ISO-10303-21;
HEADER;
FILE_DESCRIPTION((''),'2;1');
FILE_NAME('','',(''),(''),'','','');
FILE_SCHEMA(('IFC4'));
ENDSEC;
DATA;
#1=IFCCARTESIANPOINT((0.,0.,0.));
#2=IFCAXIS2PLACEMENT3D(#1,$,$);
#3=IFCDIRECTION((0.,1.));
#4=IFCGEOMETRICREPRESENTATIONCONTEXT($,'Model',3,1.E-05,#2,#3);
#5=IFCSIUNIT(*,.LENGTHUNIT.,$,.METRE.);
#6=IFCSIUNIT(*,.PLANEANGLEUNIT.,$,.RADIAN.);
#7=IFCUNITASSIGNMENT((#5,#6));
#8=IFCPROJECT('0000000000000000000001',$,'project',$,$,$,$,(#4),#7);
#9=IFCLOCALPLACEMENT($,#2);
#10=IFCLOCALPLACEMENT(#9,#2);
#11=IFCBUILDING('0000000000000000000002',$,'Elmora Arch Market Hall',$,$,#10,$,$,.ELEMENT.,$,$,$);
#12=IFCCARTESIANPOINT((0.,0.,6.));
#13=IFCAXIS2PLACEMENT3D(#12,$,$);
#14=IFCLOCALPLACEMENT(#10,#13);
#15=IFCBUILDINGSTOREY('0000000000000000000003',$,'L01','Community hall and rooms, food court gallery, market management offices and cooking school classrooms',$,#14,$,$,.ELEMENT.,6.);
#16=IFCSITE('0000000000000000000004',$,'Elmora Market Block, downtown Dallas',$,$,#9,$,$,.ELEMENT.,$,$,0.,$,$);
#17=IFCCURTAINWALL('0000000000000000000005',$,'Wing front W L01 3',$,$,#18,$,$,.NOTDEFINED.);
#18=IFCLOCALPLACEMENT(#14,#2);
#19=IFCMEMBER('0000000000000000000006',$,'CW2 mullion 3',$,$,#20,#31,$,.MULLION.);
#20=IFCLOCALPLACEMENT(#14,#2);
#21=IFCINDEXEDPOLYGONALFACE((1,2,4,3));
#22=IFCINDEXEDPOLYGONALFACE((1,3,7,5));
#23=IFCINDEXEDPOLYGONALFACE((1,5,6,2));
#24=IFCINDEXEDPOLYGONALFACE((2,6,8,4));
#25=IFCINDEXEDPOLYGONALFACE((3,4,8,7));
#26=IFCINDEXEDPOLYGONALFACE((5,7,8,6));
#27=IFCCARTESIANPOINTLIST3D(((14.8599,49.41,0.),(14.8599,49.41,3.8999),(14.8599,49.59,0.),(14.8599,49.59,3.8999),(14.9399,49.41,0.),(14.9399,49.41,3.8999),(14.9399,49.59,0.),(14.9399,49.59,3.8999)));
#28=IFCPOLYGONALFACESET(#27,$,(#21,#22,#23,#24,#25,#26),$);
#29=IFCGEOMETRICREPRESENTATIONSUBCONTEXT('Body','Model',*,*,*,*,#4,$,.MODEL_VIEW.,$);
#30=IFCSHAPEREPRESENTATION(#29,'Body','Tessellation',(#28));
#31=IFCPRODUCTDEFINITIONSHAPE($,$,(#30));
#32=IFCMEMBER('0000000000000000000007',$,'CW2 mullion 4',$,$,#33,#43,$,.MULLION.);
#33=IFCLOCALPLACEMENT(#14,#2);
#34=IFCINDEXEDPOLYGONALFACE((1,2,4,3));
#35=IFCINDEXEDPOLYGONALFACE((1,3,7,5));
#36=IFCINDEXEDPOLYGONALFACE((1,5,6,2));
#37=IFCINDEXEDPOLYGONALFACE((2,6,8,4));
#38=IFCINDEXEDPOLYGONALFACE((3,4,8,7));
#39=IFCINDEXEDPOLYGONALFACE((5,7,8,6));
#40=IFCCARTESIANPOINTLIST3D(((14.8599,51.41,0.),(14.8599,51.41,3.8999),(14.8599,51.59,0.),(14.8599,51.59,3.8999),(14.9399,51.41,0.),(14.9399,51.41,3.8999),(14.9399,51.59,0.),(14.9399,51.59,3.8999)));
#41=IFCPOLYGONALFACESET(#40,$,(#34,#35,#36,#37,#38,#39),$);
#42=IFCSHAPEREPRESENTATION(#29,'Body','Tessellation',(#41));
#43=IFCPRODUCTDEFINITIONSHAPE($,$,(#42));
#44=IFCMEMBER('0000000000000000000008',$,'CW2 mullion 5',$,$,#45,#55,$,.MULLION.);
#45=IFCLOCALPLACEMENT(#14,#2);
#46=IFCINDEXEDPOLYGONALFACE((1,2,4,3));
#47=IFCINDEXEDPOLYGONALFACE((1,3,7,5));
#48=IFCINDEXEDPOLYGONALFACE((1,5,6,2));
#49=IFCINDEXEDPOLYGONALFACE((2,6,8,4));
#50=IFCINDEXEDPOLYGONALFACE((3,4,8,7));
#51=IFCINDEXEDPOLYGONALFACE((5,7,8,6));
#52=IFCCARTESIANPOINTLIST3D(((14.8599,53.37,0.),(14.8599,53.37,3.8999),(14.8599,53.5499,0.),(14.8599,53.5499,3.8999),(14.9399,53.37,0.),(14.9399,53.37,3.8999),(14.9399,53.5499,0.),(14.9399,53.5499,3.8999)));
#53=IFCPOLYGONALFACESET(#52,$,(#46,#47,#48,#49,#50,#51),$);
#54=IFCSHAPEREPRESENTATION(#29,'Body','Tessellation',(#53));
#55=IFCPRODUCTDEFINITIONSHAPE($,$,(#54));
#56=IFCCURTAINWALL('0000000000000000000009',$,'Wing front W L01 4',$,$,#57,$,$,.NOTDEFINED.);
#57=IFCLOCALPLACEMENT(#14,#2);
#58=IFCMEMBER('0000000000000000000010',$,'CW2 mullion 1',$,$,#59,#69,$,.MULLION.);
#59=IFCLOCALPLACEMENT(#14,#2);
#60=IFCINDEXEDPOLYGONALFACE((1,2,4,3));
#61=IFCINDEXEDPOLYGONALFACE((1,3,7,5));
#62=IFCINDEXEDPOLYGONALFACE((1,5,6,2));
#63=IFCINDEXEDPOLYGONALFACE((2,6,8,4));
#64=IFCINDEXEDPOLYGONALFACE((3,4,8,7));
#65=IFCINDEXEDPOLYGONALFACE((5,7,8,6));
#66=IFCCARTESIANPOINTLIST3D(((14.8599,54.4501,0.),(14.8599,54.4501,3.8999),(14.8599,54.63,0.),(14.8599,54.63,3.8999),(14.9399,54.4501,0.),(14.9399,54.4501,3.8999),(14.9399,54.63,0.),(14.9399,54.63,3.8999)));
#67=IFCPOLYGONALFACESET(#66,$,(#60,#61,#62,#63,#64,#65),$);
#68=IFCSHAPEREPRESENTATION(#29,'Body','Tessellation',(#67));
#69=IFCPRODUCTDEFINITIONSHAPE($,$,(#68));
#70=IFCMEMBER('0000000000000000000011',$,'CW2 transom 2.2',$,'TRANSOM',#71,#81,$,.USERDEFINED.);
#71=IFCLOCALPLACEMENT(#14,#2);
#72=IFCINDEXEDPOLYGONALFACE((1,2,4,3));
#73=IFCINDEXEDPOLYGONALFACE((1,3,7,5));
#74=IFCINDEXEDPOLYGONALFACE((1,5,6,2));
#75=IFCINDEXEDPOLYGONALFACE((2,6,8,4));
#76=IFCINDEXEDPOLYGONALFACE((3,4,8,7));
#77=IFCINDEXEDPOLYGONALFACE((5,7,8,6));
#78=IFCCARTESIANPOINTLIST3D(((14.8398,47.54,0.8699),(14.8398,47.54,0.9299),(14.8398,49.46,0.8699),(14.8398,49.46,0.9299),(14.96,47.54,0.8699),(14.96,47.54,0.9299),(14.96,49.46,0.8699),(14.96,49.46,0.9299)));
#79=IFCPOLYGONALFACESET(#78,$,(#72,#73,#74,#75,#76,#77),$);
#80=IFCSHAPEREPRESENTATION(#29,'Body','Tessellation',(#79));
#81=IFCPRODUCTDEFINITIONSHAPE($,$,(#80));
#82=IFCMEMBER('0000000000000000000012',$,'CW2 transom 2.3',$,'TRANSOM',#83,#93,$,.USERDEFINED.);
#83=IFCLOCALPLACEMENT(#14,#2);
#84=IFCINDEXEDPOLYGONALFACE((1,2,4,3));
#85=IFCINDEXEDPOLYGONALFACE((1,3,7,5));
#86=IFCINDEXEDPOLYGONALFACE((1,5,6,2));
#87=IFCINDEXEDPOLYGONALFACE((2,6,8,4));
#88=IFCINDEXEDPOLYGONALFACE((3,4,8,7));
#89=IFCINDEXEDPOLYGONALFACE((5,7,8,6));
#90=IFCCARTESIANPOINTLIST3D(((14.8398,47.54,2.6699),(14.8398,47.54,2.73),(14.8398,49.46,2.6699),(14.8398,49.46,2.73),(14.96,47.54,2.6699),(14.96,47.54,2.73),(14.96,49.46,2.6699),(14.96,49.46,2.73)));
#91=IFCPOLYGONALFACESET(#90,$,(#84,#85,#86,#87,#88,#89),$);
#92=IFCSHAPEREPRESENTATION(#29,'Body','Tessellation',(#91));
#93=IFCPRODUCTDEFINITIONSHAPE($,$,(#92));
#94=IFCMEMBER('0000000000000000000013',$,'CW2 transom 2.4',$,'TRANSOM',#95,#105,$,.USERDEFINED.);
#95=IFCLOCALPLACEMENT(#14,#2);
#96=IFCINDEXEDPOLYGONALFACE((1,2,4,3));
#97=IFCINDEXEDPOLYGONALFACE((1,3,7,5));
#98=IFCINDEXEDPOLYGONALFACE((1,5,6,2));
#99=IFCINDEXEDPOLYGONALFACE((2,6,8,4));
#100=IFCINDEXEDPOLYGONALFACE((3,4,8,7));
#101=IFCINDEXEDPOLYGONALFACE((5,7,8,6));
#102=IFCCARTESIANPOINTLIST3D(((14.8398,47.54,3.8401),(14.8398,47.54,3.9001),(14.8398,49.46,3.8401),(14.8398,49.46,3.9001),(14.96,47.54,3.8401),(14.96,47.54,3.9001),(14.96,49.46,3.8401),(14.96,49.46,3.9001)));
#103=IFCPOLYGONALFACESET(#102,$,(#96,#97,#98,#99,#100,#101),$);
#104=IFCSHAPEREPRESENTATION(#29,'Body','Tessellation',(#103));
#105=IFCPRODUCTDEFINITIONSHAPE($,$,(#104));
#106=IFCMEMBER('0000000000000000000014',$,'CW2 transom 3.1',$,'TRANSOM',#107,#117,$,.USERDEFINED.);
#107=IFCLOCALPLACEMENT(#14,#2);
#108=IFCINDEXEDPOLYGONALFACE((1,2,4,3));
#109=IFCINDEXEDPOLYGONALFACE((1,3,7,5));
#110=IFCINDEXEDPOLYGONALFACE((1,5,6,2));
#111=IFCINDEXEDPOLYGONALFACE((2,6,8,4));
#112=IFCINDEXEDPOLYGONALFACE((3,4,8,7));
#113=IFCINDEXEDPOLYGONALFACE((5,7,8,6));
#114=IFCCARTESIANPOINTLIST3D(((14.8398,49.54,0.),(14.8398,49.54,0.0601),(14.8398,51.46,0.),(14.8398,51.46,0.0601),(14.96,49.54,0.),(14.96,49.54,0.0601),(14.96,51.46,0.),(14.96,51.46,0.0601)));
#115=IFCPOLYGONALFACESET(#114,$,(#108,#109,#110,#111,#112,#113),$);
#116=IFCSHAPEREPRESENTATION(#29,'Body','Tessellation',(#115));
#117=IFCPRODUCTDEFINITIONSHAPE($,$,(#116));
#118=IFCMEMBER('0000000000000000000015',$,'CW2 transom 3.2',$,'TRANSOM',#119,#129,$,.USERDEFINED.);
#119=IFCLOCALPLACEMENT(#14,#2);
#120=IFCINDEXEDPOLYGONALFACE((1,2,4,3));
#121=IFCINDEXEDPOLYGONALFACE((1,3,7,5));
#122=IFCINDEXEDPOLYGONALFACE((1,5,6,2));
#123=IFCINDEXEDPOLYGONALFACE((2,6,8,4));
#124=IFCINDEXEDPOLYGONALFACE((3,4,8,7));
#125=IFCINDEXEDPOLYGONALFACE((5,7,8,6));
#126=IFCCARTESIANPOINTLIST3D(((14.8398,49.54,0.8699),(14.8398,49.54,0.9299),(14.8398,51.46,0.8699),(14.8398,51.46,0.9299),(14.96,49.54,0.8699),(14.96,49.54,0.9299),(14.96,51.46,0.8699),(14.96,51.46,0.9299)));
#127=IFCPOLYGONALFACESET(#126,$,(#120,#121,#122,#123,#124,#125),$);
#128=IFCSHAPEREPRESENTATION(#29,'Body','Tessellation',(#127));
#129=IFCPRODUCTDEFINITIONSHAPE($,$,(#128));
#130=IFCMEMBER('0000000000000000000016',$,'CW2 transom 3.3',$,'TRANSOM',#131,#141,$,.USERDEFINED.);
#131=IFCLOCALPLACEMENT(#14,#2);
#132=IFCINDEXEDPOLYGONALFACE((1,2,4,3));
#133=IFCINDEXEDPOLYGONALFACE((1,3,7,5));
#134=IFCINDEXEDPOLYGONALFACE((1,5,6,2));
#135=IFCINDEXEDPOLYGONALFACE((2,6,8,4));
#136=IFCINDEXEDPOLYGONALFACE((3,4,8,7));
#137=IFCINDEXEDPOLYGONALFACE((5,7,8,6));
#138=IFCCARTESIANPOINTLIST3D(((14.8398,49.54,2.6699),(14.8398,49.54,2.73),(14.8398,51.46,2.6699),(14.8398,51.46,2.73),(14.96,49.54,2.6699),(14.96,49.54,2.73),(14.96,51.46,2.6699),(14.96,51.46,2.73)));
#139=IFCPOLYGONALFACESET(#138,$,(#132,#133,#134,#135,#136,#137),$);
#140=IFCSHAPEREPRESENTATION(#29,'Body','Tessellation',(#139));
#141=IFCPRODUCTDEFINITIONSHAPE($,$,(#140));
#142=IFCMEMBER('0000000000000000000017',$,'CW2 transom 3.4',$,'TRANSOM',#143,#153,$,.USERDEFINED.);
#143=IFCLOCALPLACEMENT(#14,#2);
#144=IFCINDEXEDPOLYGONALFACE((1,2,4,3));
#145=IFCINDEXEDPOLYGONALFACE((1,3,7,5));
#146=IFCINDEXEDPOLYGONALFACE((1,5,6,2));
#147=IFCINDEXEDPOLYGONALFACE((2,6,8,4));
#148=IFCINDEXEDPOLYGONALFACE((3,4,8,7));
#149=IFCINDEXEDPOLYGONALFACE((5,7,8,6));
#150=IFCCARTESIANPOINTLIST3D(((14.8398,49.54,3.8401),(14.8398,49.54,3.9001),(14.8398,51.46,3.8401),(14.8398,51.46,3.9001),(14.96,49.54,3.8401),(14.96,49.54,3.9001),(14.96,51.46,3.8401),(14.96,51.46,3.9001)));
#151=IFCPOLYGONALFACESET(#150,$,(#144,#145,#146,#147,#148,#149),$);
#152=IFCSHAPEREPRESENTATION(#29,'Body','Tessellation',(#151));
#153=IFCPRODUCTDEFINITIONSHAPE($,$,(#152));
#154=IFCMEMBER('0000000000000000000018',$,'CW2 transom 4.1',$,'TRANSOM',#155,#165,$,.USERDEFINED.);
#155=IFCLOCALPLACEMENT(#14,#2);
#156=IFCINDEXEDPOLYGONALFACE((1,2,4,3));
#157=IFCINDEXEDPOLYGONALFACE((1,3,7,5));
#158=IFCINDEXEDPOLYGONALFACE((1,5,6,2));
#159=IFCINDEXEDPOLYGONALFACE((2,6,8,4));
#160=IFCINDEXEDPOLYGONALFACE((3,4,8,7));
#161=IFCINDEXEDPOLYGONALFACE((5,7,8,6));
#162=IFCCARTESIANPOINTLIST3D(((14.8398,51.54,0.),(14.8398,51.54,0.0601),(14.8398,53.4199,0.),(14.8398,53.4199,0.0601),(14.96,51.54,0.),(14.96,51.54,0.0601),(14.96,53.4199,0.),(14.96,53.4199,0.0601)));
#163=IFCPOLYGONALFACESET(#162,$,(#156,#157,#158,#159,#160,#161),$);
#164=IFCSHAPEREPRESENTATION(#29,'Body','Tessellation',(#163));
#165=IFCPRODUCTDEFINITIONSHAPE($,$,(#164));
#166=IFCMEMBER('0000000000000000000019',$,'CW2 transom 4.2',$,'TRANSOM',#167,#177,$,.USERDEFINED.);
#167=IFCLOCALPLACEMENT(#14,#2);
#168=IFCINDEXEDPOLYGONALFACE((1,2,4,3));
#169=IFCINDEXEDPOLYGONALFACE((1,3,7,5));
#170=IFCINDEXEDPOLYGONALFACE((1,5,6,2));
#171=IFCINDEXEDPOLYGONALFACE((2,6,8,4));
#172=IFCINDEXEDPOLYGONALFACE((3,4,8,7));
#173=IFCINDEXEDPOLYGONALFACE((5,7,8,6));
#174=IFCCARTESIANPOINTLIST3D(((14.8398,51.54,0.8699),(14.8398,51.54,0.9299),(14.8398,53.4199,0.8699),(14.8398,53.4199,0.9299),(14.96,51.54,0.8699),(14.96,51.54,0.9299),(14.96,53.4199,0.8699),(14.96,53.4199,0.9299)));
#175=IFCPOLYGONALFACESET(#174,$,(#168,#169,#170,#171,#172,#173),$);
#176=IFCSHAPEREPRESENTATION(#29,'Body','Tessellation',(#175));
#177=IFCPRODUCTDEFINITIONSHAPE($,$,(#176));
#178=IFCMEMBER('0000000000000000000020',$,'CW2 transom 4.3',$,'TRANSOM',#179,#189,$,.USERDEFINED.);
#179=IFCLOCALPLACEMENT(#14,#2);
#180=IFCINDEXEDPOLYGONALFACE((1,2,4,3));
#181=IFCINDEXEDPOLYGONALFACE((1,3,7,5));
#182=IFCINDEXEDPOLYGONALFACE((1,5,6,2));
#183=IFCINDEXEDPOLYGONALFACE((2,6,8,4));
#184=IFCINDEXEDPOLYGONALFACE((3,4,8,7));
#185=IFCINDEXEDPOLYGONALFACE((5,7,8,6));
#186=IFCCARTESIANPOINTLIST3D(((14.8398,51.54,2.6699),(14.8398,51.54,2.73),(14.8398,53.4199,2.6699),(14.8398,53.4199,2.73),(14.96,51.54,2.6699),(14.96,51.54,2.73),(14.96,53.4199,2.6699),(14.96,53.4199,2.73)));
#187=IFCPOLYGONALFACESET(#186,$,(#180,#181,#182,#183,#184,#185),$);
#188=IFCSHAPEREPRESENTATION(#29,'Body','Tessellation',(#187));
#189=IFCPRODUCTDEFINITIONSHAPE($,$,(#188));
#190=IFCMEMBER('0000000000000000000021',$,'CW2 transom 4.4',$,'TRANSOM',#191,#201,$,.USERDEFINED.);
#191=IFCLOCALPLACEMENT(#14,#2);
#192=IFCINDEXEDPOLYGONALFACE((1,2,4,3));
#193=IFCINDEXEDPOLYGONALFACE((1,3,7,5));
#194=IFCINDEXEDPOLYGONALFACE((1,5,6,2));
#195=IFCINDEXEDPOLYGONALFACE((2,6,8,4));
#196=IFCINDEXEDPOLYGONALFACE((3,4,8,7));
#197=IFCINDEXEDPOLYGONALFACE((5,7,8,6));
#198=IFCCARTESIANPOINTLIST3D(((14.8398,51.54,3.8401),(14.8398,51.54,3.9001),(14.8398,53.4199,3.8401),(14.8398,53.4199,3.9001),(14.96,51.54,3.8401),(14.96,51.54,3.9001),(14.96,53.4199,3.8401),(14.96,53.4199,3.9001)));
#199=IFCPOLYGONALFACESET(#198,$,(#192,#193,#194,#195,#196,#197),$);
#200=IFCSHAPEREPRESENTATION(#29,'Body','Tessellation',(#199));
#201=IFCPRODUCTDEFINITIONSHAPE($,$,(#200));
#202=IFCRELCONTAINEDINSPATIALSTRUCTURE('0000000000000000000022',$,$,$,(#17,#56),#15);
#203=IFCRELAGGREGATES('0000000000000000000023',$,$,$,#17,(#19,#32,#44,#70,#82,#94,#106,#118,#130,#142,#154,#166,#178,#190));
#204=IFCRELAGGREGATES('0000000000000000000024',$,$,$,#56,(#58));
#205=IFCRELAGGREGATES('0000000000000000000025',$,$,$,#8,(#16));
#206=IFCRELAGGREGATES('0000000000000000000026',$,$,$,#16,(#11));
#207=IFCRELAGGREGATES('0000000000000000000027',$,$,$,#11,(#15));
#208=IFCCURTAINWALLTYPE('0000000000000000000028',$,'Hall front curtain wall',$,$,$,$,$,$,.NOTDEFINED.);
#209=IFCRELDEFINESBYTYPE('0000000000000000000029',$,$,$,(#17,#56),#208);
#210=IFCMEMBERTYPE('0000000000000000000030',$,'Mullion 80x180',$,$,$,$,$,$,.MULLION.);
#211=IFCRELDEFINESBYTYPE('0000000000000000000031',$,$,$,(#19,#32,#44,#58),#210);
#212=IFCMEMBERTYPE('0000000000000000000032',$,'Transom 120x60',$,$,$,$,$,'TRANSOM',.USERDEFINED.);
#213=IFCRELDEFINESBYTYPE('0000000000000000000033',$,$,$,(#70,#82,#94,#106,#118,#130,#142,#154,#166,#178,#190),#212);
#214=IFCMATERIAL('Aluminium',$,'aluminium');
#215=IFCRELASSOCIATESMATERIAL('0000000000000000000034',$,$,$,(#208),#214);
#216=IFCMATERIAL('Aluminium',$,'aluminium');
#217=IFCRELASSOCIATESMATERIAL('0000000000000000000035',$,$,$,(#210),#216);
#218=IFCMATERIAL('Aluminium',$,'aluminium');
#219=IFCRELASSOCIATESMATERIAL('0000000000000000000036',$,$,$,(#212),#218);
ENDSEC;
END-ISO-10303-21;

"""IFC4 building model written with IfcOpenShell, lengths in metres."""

from ifc_helpers import new_model, si_unit, direction, frame, origin, origin_2d, place, context, subcontext, project, spatial, rectangle, extrude, material, material_profile, profile_set, type_object, element, aggregate, save


model = new_model("IFC4")

# Units and contexts
model_context = context("Model", 3, precision=1e-05, world=origin(), true_north=direction((0.0, 1.0)))
body_context = subcontext(model_context, "Body", "Model", "MODEL_VIEW")
ifc_project = project(units=[si_unit("LENGTHUNIT", "METRE"), si_unit("PLANEANGLEUNIT", "RADIAN")], contexts=[model_context])

# Site, building, storey
site_placement = place(None, origin())
site = spatial("IfcSite", under=ifc_project, at=site_placement, Name="Elmora Market Block, downtown Dallas", CompositionType="ELEMENT", RefElevation=0.0)
building_placement = place(site_placement, origin())
building = spatial("IfcBuilding", under=site, at=building_placement, Name="Elmora Arch Market Hall", CompositionType="ELEMENT")
storey_placement = place(building_placement, frame((0.0, 0.0, 6.0)))
storey = spatial("IfcBuildingStorey", under=building, at=storey_placement, Name="L01", Description="Community hall and rooms, food court gallery, market management offices and cooking school classrooms", CompositionType="ELEMENT", Elevation=6.0)

# Curtain wall, members
ifc_material_1 = material(Name="Aluminium", Category="aluminium")
curtain_wall_type = type_object("IfcCurtainWallType", Name="Hall front curtain wall", PredefinedType="NOTDEFINED", material=ifc_material_1)
curtain_wall_1_placement = place(storey_placement, origin())
curtain_wall_1 = element("IfcCurtainWall", 1, at=curtain_wall_1_placement, inside=storey, type_object=curtain_wall_type, Name="Wing front W L01 3", PredefinedType="NOTDEFINED")
ifc_material_2 = material(Name="Aluminium", Category="aluminium")
ifc_material_profile_1 = material_profile(ifc_material_2, rectangle(XDim=0.0801, YDim=0.1799, at=origin_2d()), Name="AL 80x180")
ifc_profile_set_1 = profile_set([ifc_material_profile_1], Name="Aluminium")
member_type_1 = type_object("IfcMemberType", Name="Mullion 80x180", PredefinedType="MULLION", material=ifc_profile_set_1)
member_1_placement = place(storey_placement, frame((14.8999, 49.5, 0.0), z_axis=(0.0, 0.0, 1.0), x_axis=(-1.0, 0.0, 0.0)))
member_1 = element("IfcMember", 2, at=member_1_placement, type_object=member_type_1, Name="CW2 mullion 3", PredefinedType="MULLION", context=body_context, shape_type="SweptSolid", body=[
    extrude(rectangle(XDim=0.0801, YDim=0.1799, at=origin_2d()), origin(), (0.0, 0.0, 1.0), 3.8999),
])
member_2_placement = place(storey_placement, frame((14.8999, 51.5, 0.0), z_axis=(0.0, 0.0, 1.0), x_axis=(-1.0, 0.0, 0.0)))
member_2 = element("IfcMember", 3, at=member_2_placement, type_object=member_type_1, Name="CW2 mullion 4", PredefinedType="MULLION", context=body_context, shape_type="SweptSolid", body=[
    extrude(rectangle(XDim=0.0801, YDim=0.1799, at=origin_2d()), origin(), (0.0, 0.0, 1.0), 3.8999),
])
member_3_placement = place(storey_placement, frame((14.8999, 53.46, 0.0), z_axis=(0.0, 0.0, 1.0), x_axis=(-1.0, 0.0, 0.0)))
member_3 = element("IfcMember", 4, at=member_3_placement, type_object=member_type_1, Name="CW2 mullion 5", PredefinedType="MULLION", context=body_context, shape_type="SweptSolid", body=[
    extrude(rectangle(XDim=0.0801, YDim=0.1799, at=origin_2d()), origin(), (0.0, 0.0, 1.0), 3.8999),
])

# Curtain wall, member
curtain_wall_2_placement = place(storey_placement, origin())
curtain_wall_2 = element("IfcCurtainWall", 5, at=curtain_wall_2_placement, inside=storey, type_object=curtain_wall_type, Name="Wing front W L01 4", PredefinedType="NOTDEFINED")
member_4_placement = place(storey_placement, frame((14.8999, 54.54, 0.0), z_axis=(0.0, 0.0, 1.0), x_axis=(-1.0, 0.0, 0.0)))
member_4 = element("IfcMember", 6, at=member_4_placement, type_object=member_type_1, Name="CW2 mullion 1", PredefinedType="MULLION", context=body_context, shape_type="SweptSolid", body=[
    extrude(rectangle(XDim=0.0801, YDim=0.1799, at=origin_2d()), origin(), (0.0, 0.0, 1.0), 3.8999),
])

# Members
ifc_material_3 = material(Name="Aluminium", Category="aluminium")
ifc_material_profile_2 = material_profile(ifc_material_3, rectangle(XDim=0.1201, YDim=0.0601, at=origin_2d()), Name="AL 120x60")
ifc_profile_set_2 = profile_set([ifc_material_profile_2], Name="Aluminium")
member_type_2 = type_object("IfcMemberType", Name="Transom 120x60", ElementType="TRANSOM", PredefinedType="USERDEFINED", material=ifc_profile_set_2)
member_5_placement = place(storey_placement, frame((14.8999, 47.54, 0.8999), z_axis=(0.0, 1.0, 0.0), x_axis=(-1.0, 0.0, 0.0)))
member_5 = element("IfcMember", 7, at=member_5_placement, type_object=member_type_2, Name="CW2 transom 2.2", ObjectType="TRANSOM", PredefinedType="USERDEFINED", context=body_context, shape_type="SweptSolid", body=[
    extrude(rectangle(XDim=0.1201, YDim=0.0601, at=origin_2d()), origin(), (0.0, 0.0, 1.0), 1.9199),
])
member_6_placement = place(storey_placement, frame((14.8999, 47.54, 2.7), z_axis=(0.0, 1.0, 0.0), x_axis=(-1.0, 0.0, 0.0)))
member_6 = element("IfcMember", 8, at=member_6_placement, type_object=member_type_2, Name="CW2 transom 2.3", ObjectType="TRANSOM", PredefinedType="USERDEFINED", context=body_context, shape_type="SweptSolid", body=[
    extrude(rectangle(XDim=0.1201, YDim=0.0601, at=origin_2d()), origin(), (0.0, 0.0, 1.0), 1.9199),
])
member_7_placement = place(storey_placement, frame((14.8999, 47.54, 3.8701), z_axis=(0.0, 1.0, 0.0), x_axis=(-1.0, 0.0, 0.0)))
member_7 = element("IfcMember", 9, at=member_7_placement, type_object=member_type_2, Name="CW2 transom 2.4", ObjectType="TRANSOM", PredefinedType="USERDEFINED", context=body_context, shape_type="SweptSolid", body=[
    extrude(rectangle(XDim=0.1201, YDim=0.0601, at=origin_2d()), origin(), (0.0, 0.0, 1.0), 1.9199),
])
member_8_placement = place(storey_placement, frame((14.8999, 49.54, 0.03), z_axis=(0.0, 1.0, 0.0), x_axis=(-1.0, 0.0, 0.0)))
member_8 = element("IfcMember", 10, at=member_8_placement, type_object=member_type_2, Name="CW2 transom 3.1", ObjectType="TRANSOM", PredefinedType="USERDEFINED", context=body_context, shape_type="SweptSolid", body=[
    extrude(rectangle(XDim=0.1201, YDim=0.0601, at=origin_2d()), origin(), (0.0, 0.0, 1.0), 1.9199),
])
member_9_placement = place(storey_placement, frame((14.8999, 49.54, 0.8999), z_axis=(0.0, 1.0, 0.0), x_axis=(-1.0, 0.0, 0.0)))
member_9 = element("IfcMember", 11, at=member_9_placement, type_object=member_type_2, Name="CW2 transom 3.2", ObjectType="TRANSOM", PredefinedType="USERDEFINED", context=body_context, shape_type="SweptSolid", body=[
    extrude(rectangle(XDim=0.1201, YDim=0.0601, at=origin_2d()), origin(), (0.0, 0.0, 1.0), 1.9199),
])
member_10_placement = place(storey_placement, frame((14.8999, 49.54, 2.7), z_axis=(0.0, 1.0, 0.0), x_axis=(-1.0, 0.0, 0.0)))
member_10 = element("IfcMember", 12, at=member_10_placement, type_object=member_type_2, Name="CW2 transom 3.3", ObjectType="TRANSOM", PredefinedType="USERDEFINED", context=body_context, shape_type="SweptSolid", body=[
    extrude(rectangle(XDim=0.1201, YDim=0.0601, at=origin_2d()), origin(), (0.0, 0.0, 1.0), 1.9199),
])
member_11_placement = place(storey_placement, frame((14.8999, 49.54, 3.8701), z_axis=(0.0, 1.0, 0.0), x_axis=(-1.0, 0.0, 0.0)))
member_11 = element("IfcMember", 13, at=member_11_placement, type_object=member_type_2, Name="CW2 transom 3.4", ObjectType="TRANSOM", PredefinedType="USERDEFINED", context=body_context, shape_type="SweptSolid", body=[
    extrude(rectangle(XDim=0.1201, YDim=0.0601, at=origin_2d()), origin(), (0.0, 0.0, 1.0), 1.9199),
])
member_12_placement = place(storey_placement, frame((14.8999, 51.54, 0.03), z_axis=(0.0, 1.0, 0.0), x_axis=(-1.0, 0.0, 0.0)))
member_12 = element("IfcMember", 14, at=member_12_placement, type_object=member_type_2, Name="CW2 transom 4.1", ObjectType="TRANSOM", PredefinedType="USERDEFINED", context=body_context, shape_type="SweptSolid", body=[
    extrude(rectangle(XDim=0.1201, YDim=0.0601, at=origin_2d()), origin(), (0.0, 0.0, 1.0), 1.8799),
])
member_13_placement = place(storey_placement, frame((14.8999, 51.54, 0.8999), z_axis=(0.0, 1.0, 0.0), x_axis=(-1.0, 0.0, 0.0)))
member_13 = element("IfcMember", 15, at=member_13_placement, type_object=member_type_2, Name="CW2 transom 4.2", ObjectType="TRANSOM", PredefinedType="USERDEFINED", context=body_context, shape_type="SweptSolid", body=[
    extrude(rectangle(XDim=0.1201, YDim=0.0601, at=origin_2d()), origin(), (0.0, 0.0, 1.0), 1.8799),
])
member_14_placement = place(storey_placement, frame((14.8999, 51.54, 2.7), z_axis=(0.0, 1.0, 0.0), x_axis=(-1.0, 0.0, 0.0)))
member_14 = element("IfcMember", 16, at=member_14_placement, type_object=member_type_2, Name="CW2 transom 4.3", ObjectType="TRANSOM", PredefinedType="USERDEFINED", context=body_context, shape_type="SweptSolid", body=[
    extrude(rectangle(XDim=0.1201, YDim=0.0601, at=origin_2d()), origin(), (0.0, 0.0, 1.0), 1.8799),
])
member_15_placement = place(storey_placement, frame((14.8999, 51.54, 3.8701), z_axis=(0.0, 1.0, 0.0), x_axis=(-1.0, 0.0, 0.0)))
member_15 = element("IfcMember", 17, at=member_15_placement, type_object=member_type_2, Name="CW2 transom 4.4", ObjectType="TRANSOM", PredefinedType="USERDEFINED", context=body_context, shape_type="SweptSolid", body=[
    extrude(rectangle(XDim=0.1201, YDim=0.0601, at=origin_2d()), origin(), (0.0, 0.0, 1.0), 1.8799),
])

aggregate(curtain_wall_1, [member_1, member_2, member_3, member_5, member_6, member_7, member_8, member_9, member_10, member_11, member_12, member_13, member_14, member_15])
aggregate(curtain_wall_2, [member_4])

save(model, "model.ifc")
